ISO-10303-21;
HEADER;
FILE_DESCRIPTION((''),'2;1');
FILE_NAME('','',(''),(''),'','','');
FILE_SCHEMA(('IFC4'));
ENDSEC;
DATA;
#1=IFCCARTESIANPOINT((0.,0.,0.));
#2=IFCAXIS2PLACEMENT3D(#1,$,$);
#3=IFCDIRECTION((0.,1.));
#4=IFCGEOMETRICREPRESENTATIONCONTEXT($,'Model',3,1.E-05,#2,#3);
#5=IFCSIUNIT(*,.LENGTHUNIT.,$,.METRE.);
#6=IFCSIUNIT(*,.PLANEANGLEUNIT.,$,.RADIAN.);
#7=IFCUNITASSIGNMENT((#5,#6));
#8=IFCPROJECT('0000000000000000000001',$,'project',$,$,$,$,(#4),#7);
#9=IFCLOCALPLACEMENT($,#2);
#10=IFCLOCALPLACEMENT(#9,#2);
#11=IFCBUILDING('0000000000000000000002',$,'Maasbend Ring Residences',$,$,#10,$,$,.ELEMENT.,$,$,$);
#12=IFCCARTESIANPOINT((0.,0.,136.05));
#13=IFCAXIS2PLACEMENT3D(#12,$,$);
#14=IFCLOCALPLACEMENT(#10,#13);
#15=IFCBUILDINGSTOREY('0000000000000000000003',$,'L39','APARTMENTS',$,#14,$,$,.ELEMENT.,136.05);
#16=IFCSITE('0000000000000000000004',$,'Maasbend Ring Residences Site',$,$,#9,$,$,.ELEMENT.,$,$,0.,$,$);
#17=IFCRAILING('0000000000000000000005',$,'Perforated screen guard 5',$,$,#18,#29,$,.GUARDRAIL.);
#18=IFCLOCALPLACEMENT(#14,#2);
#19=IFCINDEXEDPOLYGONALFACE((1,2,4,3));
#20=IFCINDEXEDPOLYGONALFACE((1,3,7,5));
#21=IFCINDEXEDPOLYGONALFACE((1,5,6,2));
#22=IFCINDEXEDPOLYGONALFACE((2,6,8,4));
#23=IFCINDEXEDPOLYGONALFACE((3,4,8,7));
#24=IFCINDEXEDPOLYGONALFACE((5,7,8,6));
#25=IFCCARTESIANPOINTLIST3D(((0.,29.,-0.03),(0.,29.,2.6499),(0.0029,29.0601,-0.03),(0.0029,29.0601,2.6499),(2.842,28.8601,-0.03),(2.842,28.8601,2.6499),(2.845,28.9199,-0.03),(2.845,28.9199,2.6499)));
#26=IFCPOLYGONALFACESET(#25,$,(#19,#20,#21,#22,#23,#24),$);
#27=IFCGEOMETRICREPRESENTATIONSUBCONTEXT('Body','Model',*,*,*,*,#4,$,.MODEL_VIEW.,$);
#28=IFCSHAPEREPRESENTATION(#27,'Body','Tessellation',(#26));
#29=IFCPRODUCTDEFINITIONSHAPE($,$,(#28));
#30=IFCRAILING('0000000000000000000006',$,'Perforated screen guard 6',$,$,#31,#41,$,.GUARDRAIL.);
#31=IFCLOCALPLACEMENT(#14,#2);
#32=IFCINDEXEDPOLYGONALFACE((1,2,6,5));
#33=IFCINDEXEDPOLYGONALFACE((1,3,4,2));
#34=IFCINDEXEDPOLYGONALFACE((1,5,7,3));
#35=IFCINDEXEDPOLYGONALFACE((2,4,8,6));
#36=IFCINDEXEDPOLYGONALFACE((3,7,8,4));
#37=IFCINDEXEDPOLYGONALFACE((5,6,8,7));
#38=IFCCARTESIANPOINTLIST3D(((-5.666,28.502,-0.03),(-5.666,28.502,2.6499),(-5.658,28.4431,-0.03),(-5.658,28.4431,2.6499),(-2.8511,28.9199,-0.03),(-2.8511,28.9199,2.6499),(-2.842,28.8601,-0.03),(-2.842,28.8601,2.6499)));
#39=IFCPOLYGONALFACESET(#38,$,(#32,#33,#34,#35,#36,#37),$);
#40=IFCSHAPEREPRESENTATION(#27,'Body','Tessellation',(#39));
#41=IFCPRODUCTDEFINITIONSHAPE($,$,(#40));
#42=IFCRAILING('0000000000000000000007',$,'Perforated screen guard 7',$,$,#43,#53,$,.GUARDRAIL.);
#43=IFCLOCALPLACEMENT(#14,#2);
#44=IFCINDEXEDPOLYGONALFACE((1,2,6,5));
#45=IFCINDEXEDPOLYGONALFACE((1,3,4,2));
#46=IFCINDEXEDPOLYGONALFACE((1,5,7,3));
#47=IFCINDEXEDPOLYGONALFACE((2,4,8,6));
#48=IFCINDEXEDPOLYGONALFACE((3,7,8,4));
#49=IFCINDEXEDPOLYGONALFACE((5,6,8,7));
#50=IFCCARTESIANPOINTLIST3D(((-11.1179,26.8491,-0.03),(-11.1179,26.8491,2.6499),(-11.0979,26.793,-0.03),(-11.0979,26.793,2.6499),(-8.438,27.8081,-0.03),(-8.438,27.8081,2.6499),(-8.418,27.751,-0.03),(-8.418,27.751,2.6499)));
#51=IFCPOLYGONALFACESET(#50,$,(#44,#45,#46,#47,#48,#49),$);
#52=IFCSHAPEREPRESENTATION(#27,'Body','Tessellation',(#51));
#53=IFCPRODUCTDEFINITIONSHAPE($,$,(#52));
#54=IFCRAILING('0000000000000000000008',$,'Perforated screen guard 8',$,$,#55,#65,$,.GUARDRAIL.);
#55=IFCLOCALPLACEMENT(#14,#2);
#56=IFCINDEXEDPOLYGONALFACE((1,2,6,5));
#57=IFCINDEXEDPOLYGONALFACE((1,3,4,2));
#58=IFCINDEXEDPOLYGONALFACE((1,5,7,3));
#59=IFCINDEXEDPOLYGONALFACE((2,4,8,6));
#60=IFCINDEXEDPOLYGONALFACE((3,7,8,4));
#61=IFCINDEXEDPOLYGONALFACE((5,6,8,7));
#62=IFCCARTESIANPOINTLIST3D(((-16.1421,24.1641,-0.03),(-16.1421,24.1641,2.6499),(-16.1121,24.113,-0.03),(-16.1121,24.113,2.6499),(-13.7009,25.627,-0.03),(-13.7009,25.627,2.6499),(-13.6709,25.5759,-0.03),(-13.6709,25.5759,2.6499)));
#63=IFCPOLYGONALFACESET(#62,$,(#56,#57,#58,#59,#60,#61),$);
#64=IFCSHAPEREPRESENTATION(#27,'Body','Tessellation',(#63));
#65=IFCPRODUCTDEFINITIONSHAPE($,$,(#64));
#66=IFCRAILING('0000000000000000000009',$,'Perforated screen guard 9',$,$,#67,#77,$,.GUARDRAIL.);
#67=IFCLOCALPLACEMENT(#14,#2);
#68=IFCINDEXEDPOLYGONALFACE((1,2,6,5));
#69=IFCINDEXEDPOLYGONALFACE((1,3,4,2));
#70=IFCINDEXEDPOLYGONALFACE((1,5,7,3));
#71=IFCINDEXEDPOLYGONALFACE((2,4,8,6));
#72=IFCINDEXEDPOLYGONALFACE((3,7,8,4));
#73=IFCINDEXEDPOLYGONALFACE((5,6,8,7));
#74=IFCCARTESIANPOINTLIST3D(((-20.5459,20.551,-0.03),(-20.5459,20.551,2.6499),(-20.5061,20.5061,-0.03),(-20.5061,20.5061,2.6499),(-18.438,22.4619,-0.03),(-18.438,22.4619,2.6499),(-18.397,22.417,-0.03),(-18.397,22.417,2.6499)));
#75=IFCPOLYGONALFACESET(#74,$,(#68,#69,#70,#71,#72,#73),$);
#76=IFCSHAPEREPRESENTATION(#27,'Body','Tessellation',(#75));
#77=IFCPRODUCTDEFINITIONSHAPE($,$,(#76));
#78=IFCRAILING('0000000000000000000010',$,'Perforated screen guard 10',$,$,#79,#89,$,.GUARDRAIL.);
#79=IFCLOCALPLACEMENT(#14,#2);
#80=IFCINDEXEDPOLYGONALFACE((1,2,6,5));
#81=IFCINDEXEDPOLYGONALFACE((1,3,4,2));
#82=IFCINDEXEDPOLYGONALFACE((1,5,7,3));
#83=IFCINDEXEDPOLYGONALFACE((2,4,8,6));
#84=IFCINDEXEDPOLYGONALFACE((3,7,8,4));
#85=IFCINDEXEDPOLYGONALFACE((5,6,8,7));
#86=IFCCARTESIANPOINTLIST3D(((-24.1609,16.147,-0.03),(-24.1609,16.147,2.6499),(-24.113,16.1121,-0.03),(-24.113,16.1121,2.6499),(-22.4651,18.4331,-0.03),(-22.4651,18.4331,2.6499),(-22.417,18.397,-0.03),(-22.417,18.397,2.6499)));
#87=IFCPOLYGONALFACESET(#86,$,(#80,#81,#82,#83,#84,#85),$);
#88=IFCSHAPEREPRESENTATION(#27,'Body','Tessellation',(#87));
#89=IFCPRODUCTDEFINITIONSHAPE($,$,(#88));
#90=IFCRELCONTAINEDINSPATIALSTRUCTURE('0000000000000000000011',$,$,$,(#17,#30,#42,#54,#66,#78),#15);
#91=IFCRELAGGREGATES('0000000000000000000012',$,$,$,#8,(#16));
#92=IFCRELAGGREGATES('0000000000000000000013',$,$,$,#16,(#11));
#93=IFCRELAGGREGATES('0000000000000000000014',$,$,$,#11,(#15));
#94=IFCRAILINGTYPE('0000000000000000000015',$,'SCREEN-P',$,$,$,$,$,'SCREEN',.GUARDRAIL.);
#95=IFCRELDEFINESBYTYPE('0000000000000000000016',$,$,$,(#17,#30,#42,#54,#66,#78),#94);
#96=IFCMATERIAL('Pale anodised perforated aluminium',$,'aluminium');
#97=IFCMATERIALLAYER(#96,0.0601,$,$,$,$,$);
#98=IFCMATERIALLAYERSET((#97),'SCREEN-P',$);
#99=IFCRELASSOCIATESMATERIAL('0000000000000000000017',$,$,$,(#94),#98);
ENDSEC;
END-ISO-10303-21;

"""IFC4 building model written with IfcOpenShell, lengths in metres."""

from ifc_helpers import new_model, si_unit, direction, frame, origin, place, context, subcontext, project, spatial, polyline, outline, extrude, material, layer, layer_set, type_object, element, save


model = new_model("IFC4")

# Units and contexts
model_context = context("Model", 3, precision=1e-05, world=origin(), true_north=direction((0.0, 1.0)))
body_context = subcontext(model_context, "Body", "Model", "MODEL_VIEW")
ifc_project = project(units=[si_unit("LENGTHUNIT", "METRE"), si_unit("PLANEANGLEUNIT", "RADIAN")], contexts=[model_context])

# Site, building, storey
site_placement = place(None, origin())
site = spatial("IfcSite", under=ifc_project, at=site_placement, Name="Maasbend Ring Residences Site", CompositionType="ELEMENT", RefElevation=0.0)
building_placement = place(site_placement, origin())
building = spatial("IfcBuilding", under=site, at=building_placement, Name="Maasbend Ring Residences", CompositionType="ELEMENT")
storey_placement = place(building_placement, frame((0.0, 0.0, 136.05)))
storey = spatial("IfcBuildingStorey", under=building, at=storey_placement, Name="L39", Description="APARTMENTS", CompositionType="ELEMENT", Elevation=136.05)

# Railings
ifc_material_1 = material(Name="Pale anodised perforated aluminium", Category="aluminium")
ifc_layer_1 = layer(ifc_material_1, 0.0601)
ifc_layer_set_1 = layer_set([ifc_layer_1], Name="SCREEN-P")
railing_type = type_object("IfcRailingType", Name="SCREEN-P", ElementType="SCREEN", PredefinedType="GUARDRAIL", material=ifc_layer_set_1)
railing_1_placement = place(storey_placement, frame((0.0, 0.0, -0.03)))
element("IfcRailing", 1, at=railing_1_placement, inside=storey, type_object=railing_type, Name="Perforated screen guard 5", PredefinedType="GUARDRAIL", context=body_context, shape_type="SweptSolid", body=[
    extrude(outline(polyline([(2.842, 28.8601), (0.0, 29.0), (0.0029, 29.0601), (2.845, 28.9199), (2.842, 28.8601)])), origin(), (0.0, 0.0, 1.0), 2.6799),
])
railing_2_placement = place(storey_placement, frame((0.0, 0.0, -0.03)))
element("IfcRailing", 2, at=railing_2_placement, inside=storey, type_object=railing_type, Name="Perforated screen guard 6", PredefinedType="GUARDRAIL", context=body_context, shape_type="SweptSolid", body=[
    extrude(outline(polyline([(-2.842, 28.8601), (-5.658, 28.4431), (-5.666, 28.502), (-2.8511, 28.9199), (-2.842, 28.8601)])), origin(), (0.0, 0.0, 1.0), 2.6799),
])
railing_3_placement = place(storey_placement, frame((0.0, 0.0, -0.03)))
element("IfcRailing", 3, at=railing_3_placement, inside=storey, type_object=railing_type, Name="Perforated screen guard 7", PredefinedType="GUARDRAIL", context=body_context, shape_type="SweptSolid", body=[
    extrude(outline(polyline([(-8.418, 27.751), (-11.0979, 26.793), (-11.1179, 26.8491), (-8.438, 27.8081), (-8.418, 27.751)])), origin(), (0.0, 0.0, 1.0), 2.6799),
])
railing_4_placement = place(storey_placement, frame((0.0, 0.0, -0.03)))
element("IfcRailing", 4, at=railing_4_placement, inside=storey, type_object=railing_type, Name="Perforated screen guard 8", PredefinedType="GUARDRAIL", context=body_context, shape_type="SweptSolid", body=[
    extrude(outline(polyline([(-13.6709, 25.5759), (-16.1121, 24.113), (-16.1421, 24.1641), (-13.7009, 25.627), (-13.6709, 25.5759)])), origin(), (0.0, 0.0, 1.0), 2.6799),
])
railing_5_placement = place(storey_placement, frame((0.0, 0.0, -0.03)))
element("IfcRailing", 5, at=railing_5_placement, inside=storey, type_object=railing_type, Name="Perforated screen guard 9", PredefinedType="GUARDRAIL", context=body_context, shape_type="SweptSolid", body=[
    extrude(outline(polyline([(-18.397, 22.417), (-20.5061, 20.5061), (-20.5459, 20.551), (-18.438, 22.4619), (-18.397, 22.417)])), origin(), (0.0, 0.0, 1.0), 2.6799),
])
railing_6_placement = place(storey_placement, frame((0.0, 0.0, -0.03)))
element("IfcRailing", 6, at=railing_6_placement, inside=storey, type_object=railing_type, Name="Perforated screen guard 10", PredefinedType="GUARDRAIL", context=body_context, shape_type="SweptSolid", body=[
    extrude(outline(polyline([(-22.417, 18.397), (-24.113, 16.1121), (-24.1609, 16.147), (-22.4651, 18.4331), (-22.417, 18.397)])), origin(), (0.0, 0.0, 1.0), 2.6799),
])

save(model, "model.ifc")
